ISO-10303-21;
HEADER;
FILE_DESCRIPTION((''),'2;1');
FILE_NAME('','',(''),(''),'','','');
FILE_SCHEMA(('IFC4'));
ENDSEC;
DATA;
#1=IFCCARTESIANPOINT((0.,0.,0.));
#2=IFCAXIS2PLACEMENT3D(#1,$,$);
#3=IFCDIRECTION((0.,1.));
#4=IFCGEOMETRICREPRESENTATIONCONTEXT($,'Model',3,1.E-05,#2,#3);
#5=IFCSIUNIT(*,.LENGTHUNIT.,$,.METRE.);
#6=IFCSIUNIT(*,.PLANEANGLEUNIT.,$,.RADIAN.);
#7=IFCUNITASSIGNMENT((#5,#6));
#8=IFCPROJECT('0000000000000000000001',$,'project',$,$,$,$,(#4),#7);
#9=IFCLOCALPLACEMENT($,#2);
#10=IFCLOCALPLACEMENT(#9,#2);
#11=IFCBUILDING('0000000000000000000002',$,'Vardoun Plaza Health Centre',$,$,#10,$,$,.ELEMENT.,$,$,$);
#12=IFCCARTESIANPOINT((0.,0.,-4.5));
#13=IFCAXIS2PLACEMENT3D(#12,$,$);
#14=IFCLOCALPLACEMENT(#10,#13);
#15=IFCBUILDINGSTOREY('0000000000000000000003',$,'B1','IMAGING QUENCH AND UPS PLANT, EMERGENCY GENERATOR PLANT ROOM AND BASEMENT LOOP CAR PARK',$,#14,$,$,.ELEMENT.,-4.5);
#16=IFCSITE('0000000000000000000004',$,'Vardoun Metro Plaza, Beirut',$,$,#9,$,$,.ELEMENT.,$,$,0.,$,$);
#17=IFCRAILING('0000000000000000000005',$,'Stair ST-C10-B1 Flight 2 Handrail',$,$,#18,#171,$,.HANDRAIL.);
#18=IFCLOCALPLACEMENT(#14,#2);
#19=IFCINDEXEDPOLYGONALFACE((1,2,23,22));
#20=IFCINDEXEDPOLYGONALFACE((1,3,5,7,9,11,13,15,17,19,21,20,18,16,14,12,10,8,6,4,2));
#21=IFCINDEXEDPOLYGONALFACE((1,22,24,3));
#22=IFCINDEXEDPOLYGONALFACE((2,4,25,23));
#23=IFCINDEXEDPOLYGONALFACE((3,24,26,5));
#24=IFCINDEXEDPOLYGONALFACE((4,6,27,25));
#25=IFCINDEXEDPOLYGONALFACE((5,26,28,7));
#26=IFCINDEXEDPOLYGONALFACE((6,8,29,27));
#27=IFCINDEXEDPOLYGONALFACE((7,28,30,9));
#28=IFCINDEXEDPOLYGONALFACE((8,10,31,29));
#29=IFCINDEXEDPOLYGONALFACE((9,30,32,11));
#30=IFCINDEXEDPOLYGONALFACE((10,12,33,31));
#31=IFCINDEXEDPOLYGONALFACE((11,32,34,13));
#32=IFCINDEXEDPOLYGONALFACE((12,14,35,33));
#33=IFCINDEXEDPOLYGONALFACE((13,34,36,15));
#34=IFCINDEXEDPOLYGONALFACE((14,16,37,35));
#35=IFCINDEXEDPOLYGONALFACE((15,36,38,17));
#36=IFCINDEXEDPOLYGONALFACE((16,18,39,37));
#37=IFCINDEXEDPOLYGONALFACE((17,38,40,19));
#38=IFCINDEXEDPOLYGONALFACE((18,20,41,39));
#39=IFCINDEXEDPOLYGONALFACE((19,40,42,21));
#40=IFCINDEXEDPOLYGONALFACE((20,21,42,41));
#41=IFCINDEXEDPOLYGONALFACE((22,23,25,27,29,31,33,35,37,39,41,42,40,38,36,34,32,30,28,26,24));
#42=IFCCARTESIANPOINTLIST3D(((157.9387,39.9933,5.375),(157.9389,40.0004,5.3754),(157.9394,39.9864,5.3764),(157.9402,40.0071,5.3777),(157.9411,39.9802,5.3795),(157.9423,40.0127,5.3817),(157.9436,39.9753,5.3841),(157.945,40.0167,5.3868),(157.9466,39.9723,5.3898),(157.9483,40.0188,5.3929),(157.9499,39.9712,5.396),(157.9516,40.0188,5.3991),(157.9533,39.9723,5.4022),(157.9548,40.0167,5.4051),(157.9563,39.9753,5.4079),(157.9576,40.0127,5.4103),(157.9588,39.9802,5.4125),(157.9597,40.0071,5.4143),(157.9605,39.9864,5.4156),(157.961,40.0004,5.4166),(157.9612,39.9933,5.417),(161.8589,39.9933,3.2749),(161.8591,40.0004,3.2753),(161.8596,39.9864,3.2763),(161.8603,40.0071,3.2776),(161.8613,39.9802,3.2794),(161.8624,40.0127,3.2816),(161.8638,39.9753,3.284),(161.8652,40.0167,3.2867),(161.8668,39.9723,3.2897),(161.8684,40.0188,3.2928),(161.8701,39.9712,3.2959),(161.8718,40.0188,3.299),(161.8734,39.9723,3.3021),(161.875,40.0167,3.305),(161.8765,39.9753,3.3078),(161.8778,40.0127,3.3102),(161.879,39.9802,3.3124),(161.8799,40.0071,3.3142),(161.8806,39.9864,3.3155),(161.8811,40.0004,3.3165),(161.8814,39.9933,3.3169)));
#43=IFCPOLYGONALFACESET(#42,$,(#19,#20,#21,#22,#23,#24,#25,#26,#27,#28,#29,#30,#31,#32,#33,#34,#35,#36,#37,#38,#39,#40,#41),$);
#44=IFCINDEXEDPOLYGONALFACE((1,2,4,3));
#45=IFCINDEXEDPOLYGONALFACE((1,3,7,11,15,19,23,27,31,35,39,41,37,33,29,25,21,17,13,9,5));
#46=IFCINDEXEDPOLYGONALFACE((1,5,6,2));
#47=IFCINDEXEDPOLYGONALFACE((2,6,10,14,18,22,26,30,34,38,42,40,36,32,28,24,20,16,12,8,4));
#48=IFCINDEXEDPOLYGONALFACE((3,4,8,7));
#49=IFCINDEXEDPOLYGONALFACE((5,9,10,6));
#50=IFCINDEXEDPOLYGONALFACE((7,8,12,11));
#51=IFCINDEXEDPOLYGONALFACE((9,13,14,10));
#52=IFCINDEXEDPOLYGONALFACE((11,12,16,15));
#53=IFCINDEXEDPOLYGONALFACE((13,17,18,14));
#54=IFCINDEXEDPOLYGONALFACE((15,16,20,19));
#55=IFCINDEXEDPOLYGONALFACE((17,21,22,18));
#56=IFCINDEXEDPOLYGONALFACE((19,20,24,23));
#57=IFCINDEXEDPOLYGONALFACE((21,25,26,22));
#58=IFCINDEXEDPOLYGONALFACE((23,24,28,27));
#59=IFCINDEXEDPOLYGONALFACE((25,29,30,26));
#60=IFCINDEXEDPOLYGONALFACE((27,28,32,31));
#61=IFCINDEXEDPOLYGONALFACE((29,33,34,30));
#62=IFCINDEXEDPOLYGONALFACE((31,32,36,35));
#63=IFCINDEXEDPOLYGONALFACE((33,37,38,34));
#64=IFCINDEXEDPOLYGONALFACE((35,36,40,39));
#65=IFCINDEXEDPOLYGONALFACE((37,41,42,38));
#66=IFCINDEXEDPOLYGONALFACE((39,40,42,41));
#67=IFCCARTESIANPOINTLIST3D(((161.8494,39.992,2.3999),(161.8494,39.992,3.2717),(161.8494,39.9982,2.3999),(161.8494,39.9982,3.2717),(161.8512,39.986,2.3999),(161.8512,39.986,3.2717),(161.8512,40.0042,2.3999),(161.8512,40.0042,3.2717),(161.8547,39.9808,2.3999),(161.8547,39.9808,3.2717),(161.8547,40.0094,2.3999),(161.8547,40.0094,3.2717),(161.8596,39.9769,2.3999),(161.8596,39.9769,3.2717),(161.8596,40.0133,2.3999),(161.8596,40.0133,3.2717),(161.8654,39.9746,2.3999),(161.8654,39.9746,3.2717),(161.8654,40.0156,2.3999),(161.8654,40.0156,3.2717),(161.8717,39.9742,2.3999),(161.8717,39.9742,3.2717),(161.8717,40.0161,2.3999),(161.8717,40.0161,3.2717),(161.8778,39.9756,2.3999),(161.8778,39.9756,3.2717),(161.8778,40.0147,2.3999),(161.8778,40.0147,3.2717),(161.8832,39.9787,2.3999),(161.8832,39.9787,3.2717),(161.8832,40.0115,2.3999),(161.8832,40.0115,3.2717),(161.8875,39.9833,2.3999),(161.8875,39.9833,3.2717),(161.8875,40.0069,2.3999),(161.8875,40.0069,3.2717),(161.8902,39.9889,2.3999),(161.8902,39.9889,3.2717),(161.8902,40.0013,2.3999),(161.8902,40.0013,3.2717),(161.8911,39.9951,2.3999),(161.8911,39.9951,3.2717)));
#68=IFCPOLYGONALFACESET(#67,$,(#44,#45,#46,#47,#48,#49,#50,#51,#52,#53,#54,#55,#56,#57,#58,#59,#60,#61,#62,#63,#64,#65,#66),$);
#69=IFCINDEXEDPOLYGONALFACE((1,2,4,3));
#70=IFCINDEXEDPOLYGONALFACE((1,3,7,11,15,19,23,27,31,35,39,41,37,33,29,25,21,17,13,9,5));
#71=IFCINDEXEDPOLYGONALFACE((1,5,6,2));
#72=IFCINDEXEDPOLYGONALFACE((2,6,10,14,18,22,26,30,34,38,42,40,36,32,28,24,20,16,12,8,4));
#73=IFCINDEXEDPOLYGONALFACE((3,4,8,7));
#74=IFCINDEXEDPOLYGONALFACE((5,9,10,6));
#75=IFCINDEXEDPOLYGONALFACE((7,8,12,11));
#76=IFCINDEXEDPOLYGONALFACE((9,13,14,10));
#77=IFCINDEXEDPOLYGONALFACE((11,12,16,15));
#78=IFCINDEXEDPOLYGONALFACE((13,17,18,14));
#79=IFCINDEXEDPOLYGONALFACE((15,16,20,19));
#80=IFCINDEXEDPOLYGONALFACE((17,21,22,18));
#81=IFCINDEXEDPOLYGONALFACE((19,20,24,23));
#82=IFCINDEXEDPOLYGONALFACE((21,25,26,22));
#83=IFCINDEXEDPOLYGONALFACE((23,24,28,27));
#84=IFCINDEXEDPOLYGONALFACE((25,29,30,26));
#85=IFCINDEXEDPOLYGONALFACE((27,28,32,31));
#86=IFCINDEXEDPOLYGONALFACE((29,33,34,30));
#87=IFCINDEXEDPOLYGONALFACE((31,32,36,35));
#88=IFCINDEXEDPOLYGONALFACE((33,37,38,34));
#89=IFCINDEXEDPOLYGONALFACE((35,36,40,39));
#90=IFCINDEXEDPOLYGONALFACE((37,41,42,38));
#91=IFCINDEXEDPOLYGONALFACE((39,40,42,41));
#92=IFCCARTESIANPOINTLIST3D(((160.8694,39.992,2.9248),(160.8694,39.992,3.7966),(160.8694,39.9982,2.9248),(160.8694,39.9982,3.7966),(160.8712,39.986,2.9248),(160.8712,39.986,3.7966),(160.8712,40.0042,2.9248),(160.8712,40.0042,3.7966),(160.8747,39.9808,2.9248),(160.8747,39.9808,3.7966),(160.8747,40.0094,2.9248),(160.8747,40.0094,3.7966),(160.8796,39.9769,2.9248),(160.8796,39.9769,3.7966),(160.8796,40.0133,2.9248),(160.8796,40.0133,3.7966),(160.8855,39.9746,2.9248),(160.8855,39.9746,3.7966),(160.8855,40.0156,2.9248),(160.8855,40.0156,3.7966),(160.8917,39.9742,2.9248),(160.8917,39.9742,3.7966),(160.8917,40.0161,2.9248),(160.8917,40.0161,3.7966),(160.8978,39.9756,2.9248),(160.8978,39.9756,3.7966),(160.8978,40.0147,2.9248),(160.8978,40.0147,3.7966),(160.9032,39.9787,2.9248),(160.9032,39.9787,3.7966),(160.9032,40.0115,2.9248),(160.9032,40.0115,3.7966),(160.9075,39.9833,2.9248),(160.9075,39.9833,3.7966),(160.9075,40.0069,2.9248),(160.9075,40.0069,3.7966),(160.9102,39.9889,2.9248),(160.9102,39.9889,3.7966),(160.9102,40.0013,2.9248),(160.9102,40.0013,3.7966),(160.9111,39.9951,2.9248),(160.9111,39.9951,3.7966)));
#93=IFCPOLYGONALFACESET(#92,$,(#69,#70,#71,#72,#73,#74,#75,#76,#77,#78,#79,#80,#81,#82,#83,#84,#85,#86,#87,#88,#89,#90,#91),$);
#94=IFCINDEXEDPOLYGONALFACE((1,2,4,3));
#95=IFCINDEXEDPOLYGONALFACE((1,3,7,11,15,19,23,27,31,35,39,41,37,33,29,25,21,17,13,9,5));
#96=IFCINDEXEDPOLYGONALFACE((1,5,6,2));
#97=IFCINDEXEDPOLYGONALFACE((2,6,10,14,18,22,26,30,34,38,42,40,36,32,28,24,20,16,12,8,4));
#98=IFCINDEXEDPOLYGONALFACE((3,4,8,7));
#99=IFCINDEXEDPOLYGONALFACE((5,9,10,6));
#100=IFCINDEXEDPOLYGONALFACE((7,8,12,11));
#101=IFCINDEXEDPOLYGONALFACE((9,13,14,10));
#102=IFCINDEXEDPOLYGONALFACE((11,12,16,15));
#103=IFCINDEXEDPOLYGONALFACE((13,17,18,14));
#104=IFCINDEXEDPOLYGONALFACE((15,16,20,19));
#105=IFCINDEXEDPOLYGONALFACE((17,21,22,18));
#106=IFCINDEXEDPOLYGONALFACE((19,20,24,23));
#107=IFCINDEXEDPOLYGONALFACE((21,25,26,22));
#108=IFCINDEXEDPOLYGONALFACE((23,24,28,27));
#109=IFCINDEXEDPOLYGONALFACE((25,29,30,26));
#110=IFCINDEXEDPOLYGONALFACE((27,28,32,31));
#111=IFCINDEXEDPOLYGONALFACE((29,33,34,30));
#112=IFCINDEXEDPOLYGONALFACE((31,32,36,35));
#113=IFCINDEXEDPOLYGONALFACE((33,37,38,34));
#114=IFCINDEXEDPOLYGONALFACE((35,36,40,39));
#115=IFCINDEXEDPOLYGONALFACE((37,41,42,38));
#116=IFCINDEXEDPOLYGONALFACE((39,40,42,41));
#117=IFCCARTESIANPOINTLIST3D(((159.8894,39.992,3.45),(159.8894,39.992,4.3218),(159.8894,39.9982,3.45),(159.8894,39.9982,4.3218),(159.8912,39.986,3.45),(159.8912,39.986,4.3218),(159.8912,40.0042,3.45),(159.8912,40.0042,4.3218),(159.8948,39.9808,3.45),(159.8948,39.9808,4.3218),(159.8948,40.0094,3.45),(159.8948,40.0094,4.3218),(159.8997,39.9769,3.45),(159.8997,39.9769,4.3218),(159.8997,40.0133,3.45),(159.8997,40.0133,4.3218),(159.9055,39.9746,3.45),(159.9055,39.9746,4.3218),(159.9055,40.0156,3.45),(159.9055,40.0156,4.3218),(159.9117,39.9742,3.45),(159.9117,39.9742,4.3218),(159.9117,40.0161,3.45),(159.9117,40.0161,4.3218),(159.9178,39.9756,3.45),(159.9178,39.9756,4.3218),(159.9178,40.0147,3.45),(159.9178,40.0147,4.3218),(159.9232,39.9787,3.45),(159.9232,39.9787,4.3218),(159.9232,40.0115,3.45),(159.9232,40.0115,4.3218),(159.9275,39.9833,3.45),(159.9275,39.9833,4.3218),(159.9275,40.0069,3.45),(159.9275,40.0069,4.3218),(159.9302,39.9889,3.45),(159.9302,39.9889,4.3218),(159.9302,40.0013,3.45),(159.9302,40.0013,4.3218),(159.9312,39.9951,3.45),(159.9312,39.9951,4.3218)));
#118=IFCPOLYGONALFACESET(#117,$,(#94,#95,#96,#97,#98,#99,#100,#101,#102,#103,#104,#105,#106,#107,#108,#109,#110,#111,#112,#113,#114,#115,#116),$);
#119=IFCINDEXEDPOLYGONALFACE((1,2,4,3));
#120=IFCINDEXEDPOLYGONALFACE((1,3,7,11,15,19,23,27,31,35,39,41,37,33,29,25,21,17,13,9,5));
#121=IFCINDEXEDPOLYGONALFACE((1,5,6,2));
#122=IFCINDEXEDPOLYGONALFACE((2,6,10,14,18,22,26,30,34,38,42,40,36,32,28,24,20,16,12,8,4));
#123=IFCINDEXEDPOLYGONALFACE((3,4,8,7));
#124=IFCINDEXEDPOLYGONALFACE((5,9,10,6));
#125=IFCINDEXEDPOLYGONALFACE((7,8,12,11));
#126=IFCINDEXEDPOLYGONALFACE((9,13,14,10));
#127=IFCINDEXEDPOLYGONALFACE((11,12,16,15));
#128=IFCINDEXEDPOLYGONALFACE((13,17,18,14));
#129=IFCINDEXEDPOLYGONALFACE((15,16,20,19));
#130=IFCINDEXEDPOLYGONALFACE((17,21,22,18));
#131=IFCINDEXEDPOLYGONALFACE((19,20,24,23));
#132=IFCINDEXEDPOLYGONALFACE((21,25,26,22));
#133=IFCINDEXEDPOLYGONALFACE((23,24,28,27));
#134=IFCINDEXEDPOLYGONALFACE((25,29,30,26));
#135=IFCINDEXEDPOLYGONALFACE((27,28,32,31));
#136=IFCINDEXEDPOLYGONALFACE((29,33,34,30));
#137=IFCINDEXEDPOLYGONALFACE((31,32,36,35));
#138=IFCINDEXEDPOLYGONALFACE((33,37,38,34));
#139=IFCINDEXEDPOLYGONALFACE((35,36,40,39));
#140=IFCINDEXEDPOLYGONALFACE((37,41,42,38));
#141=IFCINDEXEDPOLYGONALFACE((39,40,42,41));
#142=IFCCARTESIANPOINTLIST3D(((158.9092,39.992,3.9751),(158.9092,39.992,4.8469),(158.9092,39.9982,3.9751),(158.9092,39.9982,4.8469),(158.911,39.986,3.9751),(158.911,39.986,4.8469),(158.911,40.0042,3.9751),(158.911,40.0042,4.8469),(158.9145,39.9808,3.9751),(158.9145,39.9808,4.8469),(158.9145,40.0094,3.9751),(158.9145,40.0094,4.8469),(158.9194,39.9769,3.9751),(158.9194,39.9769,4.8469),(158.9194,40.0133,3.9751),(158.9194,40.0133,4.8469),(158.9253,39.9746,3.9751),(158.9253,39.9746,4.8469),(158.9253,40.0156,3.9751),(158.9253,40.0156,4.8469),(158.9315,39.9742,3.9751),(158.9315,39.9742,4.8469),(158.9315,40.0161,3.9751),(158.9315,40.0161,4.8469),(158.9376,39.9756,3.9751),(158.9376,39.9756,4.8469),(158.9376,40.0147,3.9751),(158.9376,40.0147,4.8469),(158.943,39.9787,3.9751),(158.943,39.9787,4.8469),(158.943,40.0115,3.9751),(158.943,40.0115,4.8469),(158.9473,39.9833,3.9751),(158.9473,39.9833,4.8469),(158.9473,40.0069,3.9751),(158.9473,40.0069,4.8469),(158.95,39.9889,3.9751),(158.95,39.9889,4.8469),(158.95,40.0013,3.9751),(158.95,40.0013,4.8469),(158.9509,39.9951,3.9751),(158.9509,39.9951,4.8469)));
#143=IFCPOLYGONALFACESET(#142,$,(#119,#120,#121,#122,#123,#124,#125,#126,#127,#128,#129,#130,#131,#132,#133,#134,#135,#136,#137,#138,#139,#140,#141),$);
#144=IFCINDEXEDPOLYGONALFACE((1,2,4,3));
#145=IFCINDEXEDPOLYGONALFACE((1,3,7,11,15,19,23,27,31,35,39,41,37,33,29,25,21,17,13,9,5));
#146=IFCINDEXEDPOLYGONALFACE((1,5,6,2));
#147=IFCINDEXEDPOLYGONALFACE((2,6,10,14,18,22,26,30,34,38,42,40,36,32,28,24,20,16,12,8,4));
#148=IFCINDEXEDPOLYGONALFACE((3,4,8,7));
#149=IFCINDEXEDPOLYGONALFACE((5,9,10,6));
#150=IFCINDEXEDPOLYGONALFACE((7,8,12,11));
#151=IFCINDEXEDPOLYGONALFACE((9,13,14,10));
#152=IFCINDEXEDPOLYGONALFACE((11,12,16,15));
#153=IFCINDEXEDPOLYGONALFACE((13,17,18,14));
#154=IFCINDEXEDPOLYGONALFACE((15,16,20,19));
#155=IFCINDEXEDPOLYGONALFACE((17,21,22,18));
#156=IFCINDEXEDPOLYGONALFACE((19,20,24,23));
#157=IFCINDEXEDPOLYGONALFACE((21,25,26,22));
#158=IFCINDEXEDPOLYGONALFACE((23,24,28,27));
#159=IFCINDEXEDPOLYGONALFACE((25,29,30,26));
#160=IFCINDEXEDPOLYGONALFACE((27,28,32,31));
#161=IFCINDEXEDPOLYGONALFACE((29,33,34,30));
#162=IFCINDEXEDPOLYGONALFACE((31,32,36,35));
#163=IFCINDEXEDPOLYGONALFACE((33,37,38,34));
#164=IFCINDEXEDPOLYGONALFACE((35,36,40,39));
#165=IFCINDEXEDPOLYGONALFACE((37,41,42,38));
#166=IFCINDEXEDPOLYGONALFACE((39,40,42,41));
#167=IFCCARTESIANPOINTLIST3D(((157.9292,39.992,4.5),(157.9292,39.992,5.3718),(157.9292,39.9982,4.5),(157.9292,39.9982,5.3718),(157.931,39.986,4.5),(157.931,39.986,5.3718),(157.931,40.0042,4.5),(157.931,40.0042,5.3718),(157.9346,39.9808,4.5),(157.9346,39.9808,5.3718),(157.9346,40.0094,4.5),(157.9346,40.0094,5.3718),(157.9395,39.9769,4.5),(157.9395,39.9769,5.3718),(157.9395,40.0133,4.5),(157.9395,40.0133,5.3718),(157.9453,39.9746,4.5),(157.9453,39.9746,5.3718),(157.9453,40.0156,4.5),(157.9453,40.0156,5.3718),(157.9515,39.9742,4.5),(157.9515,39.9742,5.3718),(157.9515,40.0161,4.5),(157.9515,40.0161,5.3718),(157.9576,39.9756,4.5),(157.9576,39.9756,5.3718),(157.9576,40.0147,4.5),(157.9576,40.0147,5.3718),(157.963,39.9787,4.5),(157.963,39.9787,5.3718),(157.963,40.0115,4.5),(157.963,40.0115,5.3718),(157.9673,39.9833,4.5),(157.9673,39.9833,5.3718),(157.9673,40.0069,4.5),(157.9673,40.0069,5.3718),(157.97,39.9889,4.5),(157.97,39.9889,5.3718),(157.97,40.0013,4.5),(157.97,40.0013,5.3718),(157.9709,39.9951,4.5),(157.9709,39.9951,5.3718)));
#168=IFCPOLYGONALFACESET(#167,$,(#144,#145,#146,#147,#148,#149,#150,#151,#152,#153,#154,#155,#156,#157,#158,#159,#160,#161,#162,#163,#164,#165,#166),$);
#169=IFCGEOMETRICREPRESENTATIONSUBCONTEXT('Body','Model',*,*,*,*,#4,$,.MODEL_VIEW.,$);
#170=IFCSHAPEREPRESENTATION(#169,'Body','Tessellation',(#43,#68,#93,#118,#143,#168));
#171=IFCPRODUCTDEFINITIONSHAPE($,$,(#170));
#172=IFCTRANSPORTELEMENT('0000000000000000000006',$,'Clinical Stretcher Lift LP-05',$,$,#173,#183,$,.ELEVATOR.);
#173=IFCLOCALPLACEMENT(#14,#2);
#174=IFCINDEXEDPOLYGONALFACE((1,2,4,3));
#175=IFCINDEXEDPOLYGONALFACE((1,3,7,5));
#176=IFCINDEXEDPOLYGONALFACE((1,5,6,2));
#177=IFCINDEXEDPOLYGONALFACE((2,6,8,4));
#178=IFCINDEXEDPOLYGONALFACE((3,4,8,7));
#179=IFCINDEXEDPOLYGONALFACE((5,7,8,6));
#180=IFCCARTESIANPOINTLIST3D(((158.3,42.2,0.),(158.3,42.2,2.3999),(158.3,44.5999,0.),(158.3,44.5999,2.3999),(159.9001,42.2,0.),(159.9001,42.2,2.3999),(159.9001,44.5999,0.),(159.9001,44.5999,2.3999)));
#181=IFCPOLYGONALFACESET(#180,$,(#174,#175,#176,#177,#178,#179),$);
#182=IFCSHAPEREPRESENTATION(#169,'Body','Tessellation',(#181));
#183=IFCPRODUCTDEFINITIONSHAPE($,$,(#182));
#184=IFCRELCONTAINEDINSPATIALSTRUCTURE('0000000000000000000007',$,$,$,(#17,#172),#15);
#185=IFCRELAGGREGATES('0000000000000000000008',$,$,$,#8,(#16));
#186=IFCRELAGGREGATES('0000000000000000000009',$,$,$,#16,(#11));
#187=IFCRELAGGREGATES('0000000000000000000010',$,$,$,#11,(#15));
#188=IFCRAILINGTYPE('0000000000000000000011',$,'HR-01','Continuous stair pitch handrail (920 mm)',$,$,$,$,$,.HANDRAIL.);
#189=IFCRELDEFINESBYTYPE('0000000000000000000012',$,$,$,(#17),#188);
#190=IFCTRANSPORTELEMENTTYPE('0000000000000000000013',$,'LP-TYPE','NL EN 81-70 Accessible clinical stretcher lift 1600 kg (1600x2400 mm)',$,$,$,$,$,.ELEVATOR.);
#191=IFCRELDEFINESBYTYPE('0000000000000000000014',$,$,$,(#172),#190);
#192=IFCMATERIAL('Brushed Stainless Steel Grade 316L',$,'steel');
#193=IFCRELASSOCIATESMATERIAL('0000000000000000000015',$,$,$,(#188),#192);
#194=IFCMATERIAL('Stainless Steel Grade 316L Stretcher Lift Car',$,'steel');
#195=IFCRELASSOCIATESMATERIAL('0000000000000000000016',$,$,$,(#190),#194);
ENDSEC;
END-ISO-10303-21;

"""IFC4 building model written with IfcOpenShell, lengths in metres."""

from ifc_helpers import new_model, si_unit, direction, frame, origin, origin_2d, place, context, subcontext, project, spatial, rectangle, circle, extrude, material, type_object, element, save


model = new_model("IFC4")

# Units and contexts
model_context = context("Model", 3, precision=1e-05, world=origin(), true_north=direction((0.0, 1.0)))
body_context = subcontext(model_context, "Body", "Model", "MODEL_VIEW")
ifc_project = project(units=[si_unit("LENGTHUNIT", "METRE"), si_unit("PLANEANGLEUNIT", "RADIAN")], contexts=[model_context])

# Site, building, storey
site_placement = place(None, origin())
site = spatial("IfcSite", under=ifc_project, at=site_placement, Name="Vardoun Metro Plaza, Beirut", CompositionType="ELEMENT", RefElevation=0.0)
building_placement = place(site_placement, origin())
building = spatial("IfcBuilding", under=site, at=building_placement, Name="Vardoun Plaza Health Centre", CompositionType="ELEMENT")
storey_placement = place(building_placement, frame((0.0, 0.0, -4.5)))
storey = spatial("IfcBuildingStorey", under=building, at=storey_placement, Name="B1", Description="IMAGING QUENCH AND UPS PLANT, EMERGENCY GENERATOR PLANT ROOM AND BASEMENT LOOP CAR PARK", CompositionType="ELEMENT", Elevation=-4.5)

# Railing
ifc_material_1 = material(Name="Brushed Stainless Steel Grade 316L", Category="steel")
railing_type_1 = type_object("IfcRailingType", Name="HR-01", Description="Continuous stair pitch handrail (920 mm)", PredefinedType="HANDRAIL", material=ifc_material_1)
railing_1_placement = place(storey_placement, frame((161.8701, 39.9951, 2.3999)))
element("IfcRailing", 1, at=railing_1_placement, inside=storey, type_object=railing_type_1, Name="Stair ST-C10-B1 Flight 2 Handrail", PredefinedType="HANDRAIL", context=body_context, shape_type="SweptSolid", body=[
    extrude(circle(Radius=0.0239, at=origin_2d()), frame((0.0, 0.0, 0.896), z_axis=(-0.881479, 0.0, 0.472223), x_axis=(0.0, -1.0, 0.0)), (0.0, 0.0, 1.0), 4.4473),
    extrude(circle(Radius=0.021, at=origin_2d()), origin(), (0.0, 0.0, 1.0), 0.8718),
    extrude(circle(Radius=0.021, at=origin_2d()), frame((-0.98, 0.0, 0.5249)), (0.0, 0.0, 1.0), 0.8718),
    extrude(circle(Radius=0.021, at=origin_2d()), frame((-1.96, 0.0, 1.05)), (0.0, 0.0, 1.0), 0.8718),
    extrude(circle(Radius=0.021, at=origin_2d()), frame((-2.9402, 0.0, 1.5752)), (0.0, 0.0, 1.0), 0.8718),
    extrude(circle(Radius=0.021, at=origin_2d()), frame((-3.9202, 0.0, 2.1001)), (0.0, 0.0, 1.0), 0.8718),
])

# Transport element
ifc_material_2 = material(Name="Stainless Steel Grade 316L Stretcher Lift Car", Category="steel")
transport_element_type = type_object("IfcTransportElementType", Name="LP-TYPE", Description="NL EN 81-70 Accessible clinical stretcher lift 1600 kg (1600x2400 mm)", PredefinedType="ELEVATOR", material=ifc_material_2)
transport_element_placement = place(storey_placement, frame((159.1001, 43.3999, 0.0), z_axis=(0.0, 0.0, 1.0), x_axis=(1.0, 0.0, 0.0)))
element("IfcTransportElement", 2, at=transport_element_placement, inside=storey, type_object=transport_element_type, Name="Clinical Stretcher Lift LP-05", PredefinedType="ELEVATOR", context=body_context, shape_type="SweptSolid", body=[
    extrude(rectangle(XDim=1.6001, YDim=2.3999, at=origin_2d()), origin(), (0.0, 0.0, 1.0), 2.3999),
])

save(model, "model.ifc")
